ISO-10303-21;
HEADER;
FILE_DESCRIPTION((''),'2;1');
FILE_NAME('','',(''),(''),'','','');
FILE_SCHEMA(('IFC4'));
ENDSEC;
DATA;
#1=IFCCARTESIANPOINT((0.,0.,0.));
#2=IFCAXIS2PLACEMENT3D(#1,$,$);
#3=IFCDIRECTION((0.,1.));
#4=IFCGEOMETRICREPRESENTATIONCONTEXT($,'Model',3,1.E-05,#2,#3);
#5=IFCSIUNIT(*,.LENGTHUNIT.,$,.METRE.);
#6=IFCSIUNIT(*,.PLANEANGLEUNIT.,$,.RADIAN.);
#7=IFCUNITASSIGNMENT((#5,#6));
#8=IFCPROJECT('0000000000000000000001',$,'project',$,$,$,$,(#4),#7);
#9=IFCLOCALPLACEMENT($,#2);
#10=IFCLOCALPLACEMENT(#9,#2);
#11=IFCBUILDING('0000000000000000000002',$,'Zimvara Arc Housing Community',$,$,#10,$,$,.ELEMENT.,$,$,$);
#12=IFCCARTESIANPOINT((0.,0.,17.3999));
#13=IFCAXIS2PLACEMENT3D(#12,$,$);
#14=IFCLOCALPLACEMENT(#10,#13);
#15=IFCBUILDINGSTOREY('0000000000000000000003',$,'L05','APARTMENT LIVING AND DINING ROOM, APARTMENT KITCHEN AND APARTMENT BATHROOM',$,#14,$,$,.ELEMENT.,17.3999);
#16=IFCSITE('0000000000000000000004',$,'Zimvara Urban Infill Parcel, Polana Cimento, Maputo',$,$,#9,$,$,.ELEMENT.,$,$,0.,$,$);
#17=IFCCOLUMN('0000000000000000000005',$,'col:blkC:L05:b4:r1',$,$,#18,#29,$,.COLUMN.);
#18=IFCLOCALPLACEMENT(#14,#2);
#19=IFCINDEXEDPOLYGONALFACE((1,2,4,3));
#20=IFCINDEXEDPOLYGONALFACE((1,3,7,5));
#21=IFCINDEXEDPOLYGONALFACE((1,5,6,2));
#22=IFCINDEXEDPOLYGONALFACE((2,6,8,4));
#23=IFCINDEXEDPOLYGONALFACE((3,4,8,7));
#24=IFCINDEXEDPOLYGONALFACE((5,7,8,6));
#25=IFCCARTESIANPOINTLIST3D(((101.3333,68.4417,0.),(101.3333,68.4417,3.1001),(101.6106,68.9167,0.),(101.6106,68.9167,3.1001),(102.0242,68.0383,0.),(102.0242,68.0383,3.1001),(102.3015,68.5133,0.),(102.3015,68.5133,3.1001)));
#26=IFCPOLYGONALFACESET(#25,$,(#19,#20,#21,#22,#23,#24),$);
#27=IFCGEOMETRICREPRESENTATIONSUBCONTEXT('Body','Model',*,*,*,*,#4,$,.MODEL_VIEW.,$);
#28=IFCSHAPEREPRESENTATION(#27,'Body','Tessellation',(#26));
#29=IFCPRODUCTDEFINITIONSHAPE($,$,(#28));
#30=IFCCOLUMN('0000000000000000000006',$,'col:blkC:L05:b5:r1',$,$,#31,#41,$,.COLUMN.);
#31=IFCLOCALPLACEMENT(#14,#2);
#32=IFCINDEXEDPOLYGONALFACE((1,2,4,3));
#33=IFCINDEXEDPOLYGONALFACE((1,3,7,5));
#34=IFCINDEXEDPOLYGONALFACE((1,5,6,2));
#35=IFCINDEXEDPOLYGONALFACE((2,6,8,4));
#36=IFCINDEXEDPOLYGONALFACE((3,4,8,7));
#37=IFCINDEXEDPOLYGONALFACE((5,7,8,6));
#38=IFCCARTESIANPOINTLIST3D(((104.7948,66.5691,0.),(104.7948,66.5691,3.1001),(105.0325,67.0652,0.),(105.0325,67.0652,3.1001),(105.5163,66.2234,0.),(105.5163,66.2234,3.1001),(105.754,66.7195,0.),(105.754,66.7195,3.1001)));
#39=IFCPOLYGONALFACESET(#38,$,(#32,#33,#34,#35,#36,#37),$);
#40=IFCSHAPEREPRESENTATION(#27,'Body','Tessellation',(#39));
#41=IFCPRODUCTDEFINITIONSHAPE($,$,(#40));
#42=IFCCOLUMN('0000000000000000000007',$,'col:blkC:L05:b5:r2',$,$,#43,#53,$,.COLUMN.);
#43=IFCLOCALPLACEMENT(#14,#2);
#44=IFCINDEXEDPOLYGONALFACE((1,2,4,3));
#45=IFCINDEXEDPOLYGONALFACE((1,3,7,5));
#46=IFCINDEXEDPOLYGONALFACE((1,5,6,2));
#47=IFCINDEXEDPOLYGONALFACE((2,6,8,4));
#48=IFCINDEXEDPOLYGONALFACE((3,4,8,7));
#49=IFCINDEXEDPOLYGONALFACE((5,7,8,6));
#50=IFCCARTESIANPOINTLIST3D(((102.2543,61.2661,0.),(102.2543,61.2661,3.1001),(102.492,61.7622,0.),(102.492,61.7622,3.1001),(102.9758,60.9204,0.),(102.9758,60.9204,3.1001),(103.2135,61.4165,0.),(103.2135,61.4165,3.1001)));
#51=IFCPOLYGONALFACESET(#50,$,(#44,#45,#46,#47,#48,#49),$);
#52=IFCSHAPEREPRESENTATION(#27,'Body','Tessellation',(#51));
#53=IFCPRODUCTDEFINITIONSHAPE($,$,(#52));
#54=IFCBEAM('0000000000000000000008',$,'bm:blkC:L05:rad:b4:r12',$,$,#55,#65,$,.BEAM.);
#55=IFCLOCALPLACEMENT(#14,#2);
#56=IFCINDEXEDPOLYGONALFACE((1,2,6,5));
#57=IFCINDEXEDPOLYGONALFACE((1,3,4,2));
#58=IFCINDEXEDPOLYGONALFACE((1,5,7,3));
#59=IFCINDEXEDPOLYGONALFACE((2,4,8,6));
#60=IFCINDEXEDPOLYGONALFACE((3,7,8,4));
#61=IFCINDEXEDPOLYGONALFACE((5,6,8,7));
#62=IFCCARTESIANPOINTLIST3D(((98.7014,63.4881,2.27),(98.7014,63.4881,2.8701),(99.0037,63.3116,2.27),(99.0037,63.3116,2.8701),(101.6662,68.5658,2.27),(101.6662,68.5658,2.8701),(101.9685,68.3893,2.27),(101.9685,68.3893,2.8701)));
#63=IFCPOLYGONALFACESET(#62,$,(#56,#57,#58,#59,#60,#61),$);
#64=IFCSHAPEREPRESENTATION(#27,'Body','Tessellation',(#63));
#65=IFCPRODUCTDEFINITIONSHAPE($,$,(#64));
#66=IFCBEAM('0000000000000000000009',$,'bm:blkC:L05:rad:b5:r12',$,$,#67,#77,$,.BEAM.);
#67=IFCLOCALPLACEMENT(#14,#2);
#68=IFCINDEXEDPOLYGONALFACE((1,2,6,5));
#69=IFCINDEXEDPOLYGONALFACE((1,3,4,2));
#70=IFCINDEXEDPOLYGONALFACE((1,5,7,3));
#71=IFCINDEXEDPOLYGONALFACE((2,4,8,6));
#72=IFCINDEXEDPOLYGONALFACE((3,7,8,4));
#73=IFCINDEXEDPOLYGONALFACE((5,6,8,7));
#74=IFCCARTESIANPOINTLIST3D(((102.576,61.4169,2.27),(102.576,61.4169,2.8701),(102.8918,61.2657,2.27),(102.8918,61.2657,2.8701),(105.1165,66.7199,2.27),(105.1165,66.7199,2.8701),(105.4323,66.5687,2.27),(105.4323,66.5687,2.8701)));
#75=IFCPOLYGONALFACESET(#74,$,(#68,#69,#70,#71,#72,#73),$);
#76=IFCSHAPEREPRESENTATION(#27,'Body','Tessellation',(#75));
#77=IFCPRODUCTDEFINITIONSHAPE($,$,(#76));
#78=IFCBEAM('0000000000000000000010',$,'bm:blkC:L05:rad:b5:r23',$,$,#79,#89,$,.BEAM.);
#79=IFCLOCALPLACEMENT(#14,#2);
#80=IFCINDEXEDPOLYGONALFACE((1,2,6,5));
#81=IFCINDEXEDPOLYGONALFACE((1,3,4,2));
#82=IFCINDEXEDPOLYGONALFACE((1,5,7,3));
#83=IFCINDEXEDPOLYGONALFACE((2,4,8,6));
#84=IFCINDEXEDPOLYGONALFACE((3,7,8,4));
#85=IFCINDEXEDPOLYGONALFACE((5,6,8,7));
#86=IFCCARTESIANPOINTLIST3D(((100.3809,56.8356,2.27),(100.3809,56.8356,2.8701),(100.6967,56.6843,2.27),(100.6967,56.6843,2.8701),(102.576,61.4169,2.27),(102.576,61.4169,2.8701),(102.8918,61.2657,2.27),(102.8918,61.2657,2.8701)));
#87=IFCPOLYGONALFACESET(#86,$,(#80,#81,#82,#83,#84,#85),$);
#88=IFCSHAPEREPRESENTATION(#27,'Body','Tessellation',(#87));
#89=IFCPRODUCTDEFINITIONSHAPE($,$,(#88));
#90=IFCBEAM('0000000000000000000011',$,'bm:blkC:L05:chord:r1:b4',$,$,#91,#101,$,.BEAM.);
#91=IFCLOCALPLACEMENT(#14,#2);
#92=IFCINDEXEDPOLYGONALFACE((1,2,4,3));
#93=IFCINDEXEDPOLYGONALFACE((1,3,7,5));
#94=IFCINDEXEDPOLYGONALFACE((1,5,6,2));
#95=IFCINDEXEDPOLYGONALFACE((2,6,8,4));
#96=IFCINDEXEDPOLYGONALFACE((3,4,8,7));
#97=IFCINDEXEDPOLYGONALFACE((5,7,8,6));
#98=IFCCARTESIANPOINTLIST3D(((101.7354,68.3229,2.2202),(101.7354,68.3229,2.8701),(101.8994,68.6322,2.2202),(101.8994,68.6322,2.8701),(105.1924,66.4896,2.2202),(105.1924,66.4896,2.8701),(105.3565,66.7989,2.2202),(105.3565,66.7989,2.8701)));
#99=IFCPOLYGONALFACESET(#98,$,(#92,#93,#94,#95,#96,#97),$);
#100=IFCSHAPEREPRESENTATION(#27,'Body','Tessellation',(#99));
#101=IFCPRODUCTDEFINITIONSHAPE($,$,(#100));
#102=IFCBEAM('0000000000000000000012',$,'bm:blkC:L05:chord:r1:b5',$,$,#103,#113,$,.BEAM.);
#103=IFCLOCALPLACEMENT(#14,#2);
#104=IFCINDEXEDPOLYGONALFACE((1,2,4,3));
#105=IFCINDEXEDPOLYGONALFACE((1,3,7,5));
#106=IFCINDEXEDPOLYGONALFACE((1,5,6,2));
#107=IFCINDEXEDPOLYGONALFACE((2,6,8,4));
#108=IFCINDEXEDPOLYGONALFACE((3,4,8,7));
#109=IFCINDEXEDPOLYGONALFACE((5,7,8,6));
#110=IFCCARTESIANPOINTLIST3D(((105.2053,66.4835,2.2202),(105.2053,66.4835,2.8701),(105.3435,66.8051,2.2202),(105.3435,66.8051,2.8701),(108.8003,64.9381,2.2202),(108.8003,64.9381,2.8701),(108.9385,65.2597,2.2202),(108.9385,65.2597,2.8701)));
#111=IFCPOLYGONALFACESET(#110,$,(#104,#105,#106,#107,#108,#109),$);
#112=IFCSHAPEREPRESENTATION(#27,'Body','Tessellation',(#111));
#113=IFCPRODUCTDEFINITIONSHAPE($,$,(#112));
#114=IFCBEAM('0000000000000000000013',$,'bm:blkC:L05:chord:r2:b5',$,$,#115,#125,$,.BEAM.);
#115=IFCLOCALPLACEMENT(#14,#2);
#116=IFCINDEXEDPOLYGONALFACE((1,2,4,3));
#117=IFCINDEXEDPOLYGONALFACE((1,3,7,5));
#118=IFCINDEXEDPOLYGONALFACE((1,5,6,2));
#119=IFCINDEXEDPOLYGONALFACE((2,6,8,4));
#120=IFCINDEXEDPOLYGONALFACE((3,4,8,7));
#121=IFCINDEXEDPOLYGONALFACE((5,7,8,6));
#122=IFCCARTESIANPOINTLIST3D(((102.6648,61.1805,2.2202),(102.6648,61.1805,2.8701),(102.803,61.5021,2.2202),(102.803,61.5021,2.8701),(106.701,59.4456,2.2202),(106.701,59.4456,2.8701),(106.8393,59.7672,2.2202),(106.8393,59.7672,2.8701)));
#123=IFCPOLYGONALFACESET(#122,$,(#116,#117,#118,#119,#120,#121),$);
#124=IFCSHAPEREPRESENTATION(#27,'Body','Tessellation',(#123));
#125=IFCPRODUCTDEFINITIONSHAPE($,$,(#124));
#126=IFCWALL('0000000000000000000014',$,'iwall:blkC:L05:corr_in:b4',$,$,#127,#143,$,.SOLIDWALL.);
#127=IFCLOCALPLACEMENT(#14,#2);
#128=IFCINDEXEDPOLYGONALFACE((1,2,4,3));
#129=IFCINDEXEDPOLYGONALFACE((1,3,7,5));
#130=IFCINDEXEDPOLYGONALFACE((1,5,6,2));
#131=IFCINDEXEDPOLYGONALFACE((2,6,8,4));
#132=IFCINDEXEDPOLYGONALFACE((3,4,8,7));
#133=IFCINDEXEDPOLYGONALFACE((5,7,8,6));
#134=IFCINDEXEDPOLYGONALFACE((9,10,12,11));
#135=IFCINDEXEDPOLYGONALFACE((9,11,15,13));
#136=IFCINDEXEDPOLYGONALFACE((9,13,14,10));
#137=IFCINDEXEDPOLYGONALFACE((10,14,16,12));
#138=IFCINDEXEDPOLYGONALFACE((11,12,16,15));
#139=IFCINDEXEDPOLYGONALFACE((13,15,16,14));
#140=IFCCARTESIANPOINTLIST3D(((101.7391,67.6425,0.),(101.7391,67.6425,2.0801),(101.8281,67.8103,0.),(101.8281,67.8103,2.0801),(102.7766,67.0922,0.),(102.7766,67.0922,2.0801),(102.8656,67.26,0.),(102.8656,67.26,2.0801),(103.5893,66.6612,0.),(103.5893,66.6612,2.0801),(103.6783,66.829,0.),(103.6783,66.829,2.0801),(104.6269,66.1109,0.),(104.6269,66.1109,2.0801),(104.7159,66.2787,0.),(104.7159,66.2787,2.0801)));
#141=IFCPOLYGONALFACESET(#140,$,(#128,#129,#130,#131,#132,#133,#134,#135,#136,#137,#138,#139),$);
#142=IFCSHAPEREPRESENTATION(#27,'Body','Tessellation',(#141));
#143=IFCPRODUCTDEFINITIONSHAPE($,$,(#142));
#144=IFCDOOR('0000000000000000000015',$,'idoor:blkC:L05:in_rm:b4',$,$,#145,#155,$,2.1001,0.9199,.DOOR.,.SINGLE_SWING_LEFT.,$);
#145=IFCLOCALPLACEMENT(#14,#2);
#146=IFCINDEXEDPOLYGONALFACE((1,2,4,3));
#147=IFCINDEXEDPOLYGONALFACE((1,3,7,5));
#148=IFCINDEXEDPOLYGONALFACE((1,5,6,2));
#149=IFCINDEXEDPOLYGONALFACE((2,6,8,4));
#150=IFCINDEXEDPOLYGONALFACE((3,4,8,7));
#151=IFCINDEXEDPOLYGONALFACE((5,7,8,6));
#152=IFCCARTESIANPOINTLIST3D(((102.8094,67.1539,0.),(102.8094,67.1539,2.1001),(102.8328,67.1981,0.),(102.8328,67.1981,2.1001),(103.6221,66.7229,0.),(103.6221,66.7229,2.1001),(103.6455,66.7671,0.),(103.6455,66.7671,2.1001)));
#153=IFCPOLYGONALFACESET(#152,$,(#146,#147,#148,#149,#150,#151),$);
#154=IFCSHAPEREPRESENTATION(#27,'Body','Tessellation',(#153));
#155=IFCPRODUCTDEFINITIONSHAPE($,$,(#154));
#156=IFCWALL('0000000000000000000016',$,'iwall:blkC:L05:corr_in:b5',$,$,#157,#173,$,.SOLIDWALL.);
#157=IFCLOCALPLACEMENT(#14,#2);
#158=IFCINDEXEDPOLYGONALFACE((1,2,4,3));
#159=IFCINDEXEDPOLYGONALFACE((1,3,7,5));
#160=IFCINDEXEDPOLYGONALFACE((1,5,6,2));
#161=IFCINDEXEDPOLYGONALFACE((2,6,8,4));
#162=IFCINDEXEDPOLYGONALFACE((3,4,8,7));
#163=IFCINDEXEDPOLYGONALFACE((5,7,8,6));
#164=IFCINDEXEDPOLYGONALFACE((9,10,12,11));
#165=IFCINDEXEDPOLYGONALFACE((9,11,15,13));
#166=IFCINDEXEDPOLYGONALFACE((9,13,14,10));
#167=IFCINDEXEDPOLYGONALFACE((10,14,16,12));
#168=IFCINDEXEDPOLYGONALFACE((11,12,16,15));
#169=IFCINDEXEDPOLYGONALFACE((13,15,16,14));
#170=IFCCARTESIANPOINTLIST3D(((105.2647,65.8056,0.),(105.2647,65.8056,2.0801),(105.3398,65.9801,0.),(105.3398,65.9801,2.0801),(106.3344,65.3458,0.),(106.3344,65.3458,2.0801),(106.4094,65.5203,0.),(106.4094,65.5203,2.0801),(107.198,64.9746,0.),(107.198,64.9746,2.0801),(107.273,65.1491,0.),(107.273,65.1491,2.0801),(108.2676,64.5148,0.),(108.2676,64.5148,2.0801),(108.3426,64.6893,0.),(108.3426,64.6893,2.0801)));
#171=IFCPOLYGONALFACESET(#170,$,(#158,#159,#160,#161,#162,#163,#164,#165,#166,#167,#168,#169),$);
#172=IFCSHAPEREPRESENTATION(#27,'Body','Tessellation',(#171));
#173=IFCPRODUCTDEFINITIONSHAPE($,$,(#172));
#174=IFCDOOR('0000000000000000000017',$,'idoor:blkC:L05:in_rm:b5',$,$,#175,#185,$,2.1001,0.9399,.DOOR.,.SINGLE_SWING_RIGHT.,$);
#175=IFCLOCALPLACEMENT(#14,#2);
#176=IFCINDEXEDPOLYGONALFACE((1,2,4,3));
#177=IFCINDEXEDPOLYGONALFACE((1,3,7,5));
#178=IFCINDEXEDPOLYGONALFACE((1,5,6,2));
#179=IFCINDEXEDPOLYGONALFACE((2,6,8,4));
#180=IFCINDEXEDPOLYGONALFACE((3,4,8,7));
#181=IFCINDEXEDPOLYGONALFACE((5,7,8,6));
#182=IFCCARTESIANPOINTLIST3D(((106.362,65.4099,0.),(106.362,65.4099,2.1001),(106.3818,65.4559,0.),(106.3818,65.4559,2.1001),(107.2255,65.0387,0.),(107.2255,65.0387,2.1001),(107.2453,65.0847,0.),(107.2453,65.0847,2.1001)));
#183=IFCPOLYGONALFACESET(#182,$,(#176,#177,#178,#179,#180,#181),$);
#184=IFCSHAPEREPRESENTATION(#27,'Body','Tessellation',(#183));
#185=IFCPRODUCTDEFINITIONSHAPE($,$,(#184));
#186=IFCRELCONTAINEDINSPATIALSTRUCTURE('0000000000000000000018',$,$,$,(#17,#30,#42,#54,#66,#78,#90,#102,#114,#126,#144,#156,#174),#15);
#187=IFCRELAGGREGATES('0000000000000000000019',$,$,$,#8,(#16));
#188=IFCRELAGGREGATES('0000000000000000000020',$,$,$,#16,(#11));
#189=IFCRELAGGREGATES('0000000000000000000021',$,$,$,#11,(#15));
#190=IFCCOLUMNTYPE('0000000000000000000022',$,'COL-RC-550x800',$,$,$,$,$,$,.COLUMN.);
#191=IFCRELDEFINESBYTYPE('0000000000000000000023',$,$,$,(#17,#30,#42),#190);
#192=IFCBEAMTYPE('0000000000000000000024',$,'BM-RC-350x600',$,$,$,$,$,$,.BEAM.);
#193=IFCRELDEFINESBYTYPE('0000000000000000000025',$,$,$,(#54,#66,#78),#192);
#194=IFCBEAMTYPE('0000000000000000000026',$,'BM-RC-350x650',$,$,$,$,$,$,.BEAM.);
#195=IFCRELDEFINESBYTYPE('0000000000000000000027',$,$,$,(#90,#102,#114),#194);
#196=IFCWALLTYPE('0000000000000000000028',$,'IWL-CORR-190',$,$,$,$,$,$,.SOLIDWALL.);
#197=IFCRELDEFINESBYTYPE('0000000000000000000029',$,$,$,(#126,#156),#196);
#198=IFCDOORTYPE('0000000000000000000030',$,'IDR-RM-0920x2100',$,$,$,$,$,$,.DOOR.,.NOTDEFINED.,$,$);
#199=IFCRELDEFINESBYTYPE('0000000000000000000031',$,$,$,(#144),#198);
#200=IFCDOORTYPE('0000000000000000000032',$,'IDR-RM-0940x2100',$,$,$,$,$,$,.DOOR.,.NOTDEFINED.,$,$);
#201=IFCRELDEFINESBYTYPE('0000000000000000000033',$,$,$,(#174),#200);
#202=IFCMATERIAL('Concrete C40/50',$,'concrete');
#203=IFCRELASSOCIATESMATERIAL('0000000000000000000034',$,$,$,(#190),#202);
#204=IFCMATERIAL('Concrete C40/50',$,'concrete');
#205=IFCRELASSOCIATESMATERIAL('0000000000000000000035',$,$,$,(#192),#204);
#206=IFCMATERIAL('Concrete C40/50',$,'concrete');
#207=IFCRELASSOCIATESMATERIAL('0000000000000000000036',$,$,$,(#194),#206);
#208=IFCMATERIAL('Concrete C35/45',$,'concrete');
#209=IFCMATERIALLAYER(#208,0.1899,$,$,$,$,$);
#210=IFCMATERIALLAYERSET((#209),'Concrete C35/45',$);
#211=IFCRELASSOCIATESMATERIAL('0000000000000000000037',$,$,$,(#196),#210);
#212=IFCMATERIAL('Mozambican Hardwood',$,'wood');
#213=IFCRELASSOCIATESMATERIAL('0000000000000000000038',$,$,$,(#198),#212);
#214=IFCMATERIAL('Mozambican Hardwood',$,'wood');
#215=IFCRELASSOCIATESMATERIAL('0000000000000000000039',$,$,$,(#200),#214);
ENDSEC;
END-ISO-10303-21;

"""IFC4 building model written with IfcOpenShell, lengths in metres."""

from ifc_helpers import new_model, si_unit, direction, frame, frame_2d, origin, origin_2d, place, context, subcontext, project, spatial, rectangle, extrude, material, layer, layer_set, material_profile, profile_set, type_object, element, fill, save


model = new_model("IFC4")

# Units and contexts
model_context = context("Model", 3, precision=1e-05, world=origin(), true_north=direction((0.0, 1.0)))
body_context = subcontext(model_context, "Body", "Model", "MODEL_VIEW")
ifc_project = project(units=[si_unit("LENGTHUNIT", "METRE"), si_unit("PLANEANGLEUNIT", "RADIAN")], contexts=[model_context])

# Site, building, storey
site_placement = place(None, origin())
site = spatial("IfcSite", under=ifc_project, at=site_placement, Name="Zimvara Urban Infill Parcel, Polana Cimento, Maputo", CompositionType="ELEMENT", RefElevation=0.0)
building_placement = place(site_placement, origin())
building = spatial("IfcBuilding", under=site, at=building_placement, Name="Zimvara Arc Housing Community", CompositionType="ELEMENT")
storey_placement = place(building_placement, frame((0.0, 0.0, 17.3999)))
storey = spatial("IfcBuildingStorey", under=building, at=storey_placement, Name="L05", Description="APARTMENT LIVING AND DINING ROOM, APARTMENT KITCHEN AND APARTMENT BATHROOM", CompositionType="ELEMENT", Elevation=17.3999)

# Columns
ifc_material_1 = material(Name="Concrete C40/50", Category="concrete")
ifc_material_profile_1 = material_profile(ifc_material_1, rectangle(XDim=0.55, YDim=0.8, at=origin_2d()), Name="RC 550x800")
ifc_profile_set_1 = profile_set([ifc_material_profile_1], Name="Concrete C40/50")
column_type = type_object("IfcColumnType", Name="COL-RC-550x800", PredefinedType="COLUMN", material=ifc_profile_set_1)
for number, where, z_axis, x_axis, name in (
    (1, (101.8174, 68.4775, 0.0), (0.0, 0.0, 1.0), (-0.504226, -0.863572, 0.0), "col:blkC:L05:b4:r1"),
    (2, (105.2744, 66.6443, 0.0), (0.0, 0.0, 1.0), (-0.432086, -0.901833, 0.0), "col:blkC:L05:b5:r1"),
    (3, (102.7339, 61.3413, 0.0), (0.0, 0.0, 1.0), (-0.432086, -0.901833, 0.0), "col:blkC:L05:b5:r2"),
):
    element("IfcColumn", number, at=place(storey_placement, frame(where, z_axis=z_axis, x_axis=x_axis)), inside=storey, type_object=column_type, Name=name, PredefinedType="COLUMN", context=body_context, shape_type="SweptSolid", body=[
        extrude(rectangle(XDim=0.55, YDim=0.8, at=origin_2d()), origin(), (0.0, 0.0, 1.0), 3.1001),
    ])

# Beams
ifc_material_2 = material(Name="Concrete C40/50", Category="concrete")
ifc_material_profile_2 = material_profile(ifc_material_2, rectangle(XDim=0.3501, YDim=0.6001, at=origin_2d()), Name="RC 350x600")
ifc_profile_set_2 = profile_set([ifc_material_profile_2], Name="Concrete C40/50")
beam_type_1 = type_object("IfcBeamType", Name="BM-RC-350x600", PredefinedType="BEAM", material=ifc_profile_set_2)
beam_1_placement = place(storey_placement, frame((101.8174, 68.4775, 2.5701), z_axis=(-0.504238, -0.863565, 0.0), x_axis=(0.863565, -0.504238, 0.0)))
element("IfcBeam", 4, at=beam_1_placement, inside=storey, type_object=beam_type_1, Name="bm:blkC:L05:rad:b4:r12", PredefinedType="BEAM", context=body_context, shape_type="SweptSolid", body=[
    extrude(rectangle(XDim=0.3501, YDim=0.6001, at=origin_2d()), origin(), (0.0, 0.0, 1.0), 5.8799),
])
beam_2_placement = place(storey_placement, frame((105.2744, 66.6443, 2.5701), z_axis=(-0.432053, -0.901848, 0.0), x_axis=(0.901848, -0.432053, 0.0)))
element("IfcBeam", 5, at=beam_2_placement, inside=storey, type_object=beam_type_1, Name="bm:blkC:L05:rad:b5:r12", PredefinedType="BEAM", context=body_context, shape_type="SweptSolid", body=[
    extrude(rectangle(XDim=0.3501, YDim=0.6001, at=origin_2d()), origin(), (0.0, 0.0, 1.0), 5.8801),
])
beam_3_placement = place(storey_placement, frame((102.7339, 61.3413, 2.5701), z_axis=(-0.432098, -0.901827, 0.0), x_axis=(0.901827, -0.432098, 0.0)))
element("IfcBeam", 6, at=beam_3_placement, inside=storey, type_object=beam_type_1, Name="bm:blkC:L05:rad:b5:r23", PredefinedType="BEAM", context=body_context, shape_type="SweptSolid", body=[
    extrude(rectangle(XDim=0.3501, YDim=0.6001, at=origin_2d()), origin(), (0.0, 0.0, 1.0), 5.0801),
])
ifc_material_3 = material(Name="Concrete C40/50", Category="concrete")
ifc_material_profile_3 = material_profile(ifc_material_3, rectangle(XDim=0.3501, YDim=0.6499, at=origin_2d()), Name="RC 350x650")
ifc_profile_set_3 = profile_set([ifc_material_profile_3], Name="Concrete C40/50")
beam_type_2 = type_object("IfcBeamType", Name="BM-RC-350x650", PredefinedType="BEAM", material=ifc_profile_set_3)
for number, where, z_axis, x_axis, name in (
    (7, (101.8174, 68.4775, 2.5452), (0.883464, -0.468498, 0.0), (0.468498, 0.883464, 0.0), "bm:blkC:L05:chord:r1:b4"),
    (8, (105.2744, 66.6443, 2.5452), (0.918709, -0.394936, 0.0), (0.394936, 0.918709, 0.0), "bm:blkC:L05:chord:r1:b5"),
):
    element("IfcBeam", number, at=place(storey_placement, frame(where, z_axis=z_axis, x_axis=x_axis)), inside=storey, type_object=beam_type_2, Name=name, PredefinedType="BEAM", context=body_context, shape_type="SweptSolid", body=[
        extrude(rectangle(XDim=0.3501, YDim=0.6499, at=origin_2d()), origin(), (0.0, 0.0, 1.0), 3.9131),
    ])
beam_4_placement = place(storey_placement, frame((102.7339, 61.3413, 2.5452), z_axis=(0.918725, -0.394898, 0.0), x_axis=(0.394898, 0.918725, 0.0)))
element("IfcBeam", 9, at=beam_4_placement, inside=storey, type_object=beam_type_2, Name="bm:blkC:L05:chord:r2:b5", PredefinedType="BEAM", context=body_context, shape_type="SweptSolid", body=[
    extrude(rectangle(XDim=0.3501, YDim=0.6499, at=origin_2d()), origin(), (0.0, 0.0, 1.0), 4.3933),
])

# Walls, openings, doors
ifc_material_4 = material(Name="Concrete C35/45", Category="concrete")
ifc_layer_1 = layer(ifc_material_4, 0.1899)
ifc_layer_set_1 = layer_set([ifc_layer_1], Name="Concrete C35/45")
wall_type_1 = type_object("IfcWallType", Name="IWL-CORR-190", PredefinedType="SOLIDWALL", material=ifc_layer_set_1)
wall_1_placement = place(storey_placement, frame((101.7837, 67.7263, 0.0), z_axis=(0.0, 0.0, 1.0), x_axis=(0.883444, -0.468536, 0.0)))
wall_1 = element("IfcWall", 10, at=wall_1_placement, inside=storey, type_object=wall_type_1, Name="iwall:blkC:L05:corr_in:b4", PredefinedType="SOLIDWALL", context=body_context, shape_type="SweptSolid", body=[
    extrude(rectangle(XDim=3.2688, YDim=0.1899, at=frame_2d((1.6343, 0.0))), origin(), (0.0, 0.0, 1.0), 2.0801),
])
opening_1_placement = place(wall_1_placement, frame((1.1743, 0.0, 0.0)))
opening_1 = element("IfcOpeningElement", 11, at=opening_1_placement, cuts=wall_1, PredefinedType="OPENING", context=body_context, shape_type="SweptSolid", body=[
    extrude(rectangle(XDim=0.9199, YDim=2.1001, at=frame_2d((0.46, 1.05))), frame((0.0, 0.105, 0.0), z_axis=(0.0, -1.0, 0.0), x_axis=(1.0, 0.0, 0.0)), (0.0, 0.0, 1.0), 0.21),
])
ifc_material_5 = material(Name="Mozambican Hardwood", Category="wood")
door_type_1 = type_object("IfcDoorType", Name="IDR-RM-0920x2100", OperationType="NOTDEFINED", PredefinedType="DOOR", material=ifc_material_5)
door_1_placement = place(opening_1_placement, origin())
door_1 = element("IfcDoor", 12, at=door_1_placement, inside=storey, type_object=door_type_1, Name="idoor:blkC:L05:in_rm:b4", OperationType="SINGLE_SWING_LEFT", OverallHeight=2.1001, OverallWidth=0.9199, PredefinedType="DOOR", context=body_context, shape_type="SweptSolid", body=[
    extrude(rectangle(XDim=0.9199, YDim=2.1001, at=frame_2d((0.46, 1.05))), frame((0.0, 0.0249, 0.0), z_axis=(0.0, -1.0, 0.0), x_axis=(1.0, 0.0, 0.0)), (0.0, 0.0, 1.0), 0.05),
])
fill(opening_1, door_1)
wall_2_placement = place(storey_placement, frame((105.3022, 65.8928, 0.0), z_axis=(0.0, 0.0, 1.0), x_axis=(0.918723, -0.394902, 0.0)))
wall_2 = element("IfcWall", 13, at=wall_2_placement, inside=storey, type_object=wall_type_1, Name="iwall:blkC:L05:corr_in:b5", PredefinedType="SOLIDWALL", context=body_context, shape_type="SweptSolid", body=[
    extrude(rectangle(XDim=3.2686, YDim=0.1899, at=frame_2d((1.6343, 0.0))), origin(), (0.0, 0.0, 1.0), 2.0801),
])
opening_2_placement = place(wall_2_placement, frame((1.1643, 0.0, 0.0)))
opening_2 = element("IfcOpeningElement", 14, at=opening_2_placement, cuts=wall_2, PredefinedType="OPENING", context=body_context, shape_type="SweptSolid", body=[
    extrude(rectangle(XDim=0.9399, YDim=2.1001, at=frame_2d((0.47, 1.05))), frame((0.0, 0.105, 0.0), z_axis=(0.0, -1.0, 0.0), x_axis=(1.0, 0.0, 0.0)), (0.0, 0.0, 1.0), 0.21),
])
ifc_material_6 = material(Name="Mozambican Hardwood", Category="wood")
door_type_2 = type_object("IfcDoorType", Name="IDR-RM-0940x2100", OperationType="NOTDEFINED", PredefinedType="DOOR", material=ifc_material_6)
door_2_placement = place(opening_2_placement, origin())
door_2 = element("IfcDoor", 15, at=door_2_placement, inside=storey, type_object=door_type_2, Name="idoor:blkC:L05:in_rm:b5", OperationType="SINGLE_SWING_RIGHT", OverallHeight=2.1001, OverallWidth=0.9399, PredefinedType="DOOR", context=body_context, shape_type="SweptSolid", body=[
    extrude(rectangle(XDim=0.9399, YDim=2.1001, at=frame_2d((0.47, 1.05))), frame((0.0, 0.0249, 0.0), z_axis=(0.0, -1.0, 0.0), x_axis=(1.0, 0.0, 0.0)), (0.0, 0.0, 1.0), 0.05),
])
fill(opening_2, door_2)

save(model, "model.ifc")
